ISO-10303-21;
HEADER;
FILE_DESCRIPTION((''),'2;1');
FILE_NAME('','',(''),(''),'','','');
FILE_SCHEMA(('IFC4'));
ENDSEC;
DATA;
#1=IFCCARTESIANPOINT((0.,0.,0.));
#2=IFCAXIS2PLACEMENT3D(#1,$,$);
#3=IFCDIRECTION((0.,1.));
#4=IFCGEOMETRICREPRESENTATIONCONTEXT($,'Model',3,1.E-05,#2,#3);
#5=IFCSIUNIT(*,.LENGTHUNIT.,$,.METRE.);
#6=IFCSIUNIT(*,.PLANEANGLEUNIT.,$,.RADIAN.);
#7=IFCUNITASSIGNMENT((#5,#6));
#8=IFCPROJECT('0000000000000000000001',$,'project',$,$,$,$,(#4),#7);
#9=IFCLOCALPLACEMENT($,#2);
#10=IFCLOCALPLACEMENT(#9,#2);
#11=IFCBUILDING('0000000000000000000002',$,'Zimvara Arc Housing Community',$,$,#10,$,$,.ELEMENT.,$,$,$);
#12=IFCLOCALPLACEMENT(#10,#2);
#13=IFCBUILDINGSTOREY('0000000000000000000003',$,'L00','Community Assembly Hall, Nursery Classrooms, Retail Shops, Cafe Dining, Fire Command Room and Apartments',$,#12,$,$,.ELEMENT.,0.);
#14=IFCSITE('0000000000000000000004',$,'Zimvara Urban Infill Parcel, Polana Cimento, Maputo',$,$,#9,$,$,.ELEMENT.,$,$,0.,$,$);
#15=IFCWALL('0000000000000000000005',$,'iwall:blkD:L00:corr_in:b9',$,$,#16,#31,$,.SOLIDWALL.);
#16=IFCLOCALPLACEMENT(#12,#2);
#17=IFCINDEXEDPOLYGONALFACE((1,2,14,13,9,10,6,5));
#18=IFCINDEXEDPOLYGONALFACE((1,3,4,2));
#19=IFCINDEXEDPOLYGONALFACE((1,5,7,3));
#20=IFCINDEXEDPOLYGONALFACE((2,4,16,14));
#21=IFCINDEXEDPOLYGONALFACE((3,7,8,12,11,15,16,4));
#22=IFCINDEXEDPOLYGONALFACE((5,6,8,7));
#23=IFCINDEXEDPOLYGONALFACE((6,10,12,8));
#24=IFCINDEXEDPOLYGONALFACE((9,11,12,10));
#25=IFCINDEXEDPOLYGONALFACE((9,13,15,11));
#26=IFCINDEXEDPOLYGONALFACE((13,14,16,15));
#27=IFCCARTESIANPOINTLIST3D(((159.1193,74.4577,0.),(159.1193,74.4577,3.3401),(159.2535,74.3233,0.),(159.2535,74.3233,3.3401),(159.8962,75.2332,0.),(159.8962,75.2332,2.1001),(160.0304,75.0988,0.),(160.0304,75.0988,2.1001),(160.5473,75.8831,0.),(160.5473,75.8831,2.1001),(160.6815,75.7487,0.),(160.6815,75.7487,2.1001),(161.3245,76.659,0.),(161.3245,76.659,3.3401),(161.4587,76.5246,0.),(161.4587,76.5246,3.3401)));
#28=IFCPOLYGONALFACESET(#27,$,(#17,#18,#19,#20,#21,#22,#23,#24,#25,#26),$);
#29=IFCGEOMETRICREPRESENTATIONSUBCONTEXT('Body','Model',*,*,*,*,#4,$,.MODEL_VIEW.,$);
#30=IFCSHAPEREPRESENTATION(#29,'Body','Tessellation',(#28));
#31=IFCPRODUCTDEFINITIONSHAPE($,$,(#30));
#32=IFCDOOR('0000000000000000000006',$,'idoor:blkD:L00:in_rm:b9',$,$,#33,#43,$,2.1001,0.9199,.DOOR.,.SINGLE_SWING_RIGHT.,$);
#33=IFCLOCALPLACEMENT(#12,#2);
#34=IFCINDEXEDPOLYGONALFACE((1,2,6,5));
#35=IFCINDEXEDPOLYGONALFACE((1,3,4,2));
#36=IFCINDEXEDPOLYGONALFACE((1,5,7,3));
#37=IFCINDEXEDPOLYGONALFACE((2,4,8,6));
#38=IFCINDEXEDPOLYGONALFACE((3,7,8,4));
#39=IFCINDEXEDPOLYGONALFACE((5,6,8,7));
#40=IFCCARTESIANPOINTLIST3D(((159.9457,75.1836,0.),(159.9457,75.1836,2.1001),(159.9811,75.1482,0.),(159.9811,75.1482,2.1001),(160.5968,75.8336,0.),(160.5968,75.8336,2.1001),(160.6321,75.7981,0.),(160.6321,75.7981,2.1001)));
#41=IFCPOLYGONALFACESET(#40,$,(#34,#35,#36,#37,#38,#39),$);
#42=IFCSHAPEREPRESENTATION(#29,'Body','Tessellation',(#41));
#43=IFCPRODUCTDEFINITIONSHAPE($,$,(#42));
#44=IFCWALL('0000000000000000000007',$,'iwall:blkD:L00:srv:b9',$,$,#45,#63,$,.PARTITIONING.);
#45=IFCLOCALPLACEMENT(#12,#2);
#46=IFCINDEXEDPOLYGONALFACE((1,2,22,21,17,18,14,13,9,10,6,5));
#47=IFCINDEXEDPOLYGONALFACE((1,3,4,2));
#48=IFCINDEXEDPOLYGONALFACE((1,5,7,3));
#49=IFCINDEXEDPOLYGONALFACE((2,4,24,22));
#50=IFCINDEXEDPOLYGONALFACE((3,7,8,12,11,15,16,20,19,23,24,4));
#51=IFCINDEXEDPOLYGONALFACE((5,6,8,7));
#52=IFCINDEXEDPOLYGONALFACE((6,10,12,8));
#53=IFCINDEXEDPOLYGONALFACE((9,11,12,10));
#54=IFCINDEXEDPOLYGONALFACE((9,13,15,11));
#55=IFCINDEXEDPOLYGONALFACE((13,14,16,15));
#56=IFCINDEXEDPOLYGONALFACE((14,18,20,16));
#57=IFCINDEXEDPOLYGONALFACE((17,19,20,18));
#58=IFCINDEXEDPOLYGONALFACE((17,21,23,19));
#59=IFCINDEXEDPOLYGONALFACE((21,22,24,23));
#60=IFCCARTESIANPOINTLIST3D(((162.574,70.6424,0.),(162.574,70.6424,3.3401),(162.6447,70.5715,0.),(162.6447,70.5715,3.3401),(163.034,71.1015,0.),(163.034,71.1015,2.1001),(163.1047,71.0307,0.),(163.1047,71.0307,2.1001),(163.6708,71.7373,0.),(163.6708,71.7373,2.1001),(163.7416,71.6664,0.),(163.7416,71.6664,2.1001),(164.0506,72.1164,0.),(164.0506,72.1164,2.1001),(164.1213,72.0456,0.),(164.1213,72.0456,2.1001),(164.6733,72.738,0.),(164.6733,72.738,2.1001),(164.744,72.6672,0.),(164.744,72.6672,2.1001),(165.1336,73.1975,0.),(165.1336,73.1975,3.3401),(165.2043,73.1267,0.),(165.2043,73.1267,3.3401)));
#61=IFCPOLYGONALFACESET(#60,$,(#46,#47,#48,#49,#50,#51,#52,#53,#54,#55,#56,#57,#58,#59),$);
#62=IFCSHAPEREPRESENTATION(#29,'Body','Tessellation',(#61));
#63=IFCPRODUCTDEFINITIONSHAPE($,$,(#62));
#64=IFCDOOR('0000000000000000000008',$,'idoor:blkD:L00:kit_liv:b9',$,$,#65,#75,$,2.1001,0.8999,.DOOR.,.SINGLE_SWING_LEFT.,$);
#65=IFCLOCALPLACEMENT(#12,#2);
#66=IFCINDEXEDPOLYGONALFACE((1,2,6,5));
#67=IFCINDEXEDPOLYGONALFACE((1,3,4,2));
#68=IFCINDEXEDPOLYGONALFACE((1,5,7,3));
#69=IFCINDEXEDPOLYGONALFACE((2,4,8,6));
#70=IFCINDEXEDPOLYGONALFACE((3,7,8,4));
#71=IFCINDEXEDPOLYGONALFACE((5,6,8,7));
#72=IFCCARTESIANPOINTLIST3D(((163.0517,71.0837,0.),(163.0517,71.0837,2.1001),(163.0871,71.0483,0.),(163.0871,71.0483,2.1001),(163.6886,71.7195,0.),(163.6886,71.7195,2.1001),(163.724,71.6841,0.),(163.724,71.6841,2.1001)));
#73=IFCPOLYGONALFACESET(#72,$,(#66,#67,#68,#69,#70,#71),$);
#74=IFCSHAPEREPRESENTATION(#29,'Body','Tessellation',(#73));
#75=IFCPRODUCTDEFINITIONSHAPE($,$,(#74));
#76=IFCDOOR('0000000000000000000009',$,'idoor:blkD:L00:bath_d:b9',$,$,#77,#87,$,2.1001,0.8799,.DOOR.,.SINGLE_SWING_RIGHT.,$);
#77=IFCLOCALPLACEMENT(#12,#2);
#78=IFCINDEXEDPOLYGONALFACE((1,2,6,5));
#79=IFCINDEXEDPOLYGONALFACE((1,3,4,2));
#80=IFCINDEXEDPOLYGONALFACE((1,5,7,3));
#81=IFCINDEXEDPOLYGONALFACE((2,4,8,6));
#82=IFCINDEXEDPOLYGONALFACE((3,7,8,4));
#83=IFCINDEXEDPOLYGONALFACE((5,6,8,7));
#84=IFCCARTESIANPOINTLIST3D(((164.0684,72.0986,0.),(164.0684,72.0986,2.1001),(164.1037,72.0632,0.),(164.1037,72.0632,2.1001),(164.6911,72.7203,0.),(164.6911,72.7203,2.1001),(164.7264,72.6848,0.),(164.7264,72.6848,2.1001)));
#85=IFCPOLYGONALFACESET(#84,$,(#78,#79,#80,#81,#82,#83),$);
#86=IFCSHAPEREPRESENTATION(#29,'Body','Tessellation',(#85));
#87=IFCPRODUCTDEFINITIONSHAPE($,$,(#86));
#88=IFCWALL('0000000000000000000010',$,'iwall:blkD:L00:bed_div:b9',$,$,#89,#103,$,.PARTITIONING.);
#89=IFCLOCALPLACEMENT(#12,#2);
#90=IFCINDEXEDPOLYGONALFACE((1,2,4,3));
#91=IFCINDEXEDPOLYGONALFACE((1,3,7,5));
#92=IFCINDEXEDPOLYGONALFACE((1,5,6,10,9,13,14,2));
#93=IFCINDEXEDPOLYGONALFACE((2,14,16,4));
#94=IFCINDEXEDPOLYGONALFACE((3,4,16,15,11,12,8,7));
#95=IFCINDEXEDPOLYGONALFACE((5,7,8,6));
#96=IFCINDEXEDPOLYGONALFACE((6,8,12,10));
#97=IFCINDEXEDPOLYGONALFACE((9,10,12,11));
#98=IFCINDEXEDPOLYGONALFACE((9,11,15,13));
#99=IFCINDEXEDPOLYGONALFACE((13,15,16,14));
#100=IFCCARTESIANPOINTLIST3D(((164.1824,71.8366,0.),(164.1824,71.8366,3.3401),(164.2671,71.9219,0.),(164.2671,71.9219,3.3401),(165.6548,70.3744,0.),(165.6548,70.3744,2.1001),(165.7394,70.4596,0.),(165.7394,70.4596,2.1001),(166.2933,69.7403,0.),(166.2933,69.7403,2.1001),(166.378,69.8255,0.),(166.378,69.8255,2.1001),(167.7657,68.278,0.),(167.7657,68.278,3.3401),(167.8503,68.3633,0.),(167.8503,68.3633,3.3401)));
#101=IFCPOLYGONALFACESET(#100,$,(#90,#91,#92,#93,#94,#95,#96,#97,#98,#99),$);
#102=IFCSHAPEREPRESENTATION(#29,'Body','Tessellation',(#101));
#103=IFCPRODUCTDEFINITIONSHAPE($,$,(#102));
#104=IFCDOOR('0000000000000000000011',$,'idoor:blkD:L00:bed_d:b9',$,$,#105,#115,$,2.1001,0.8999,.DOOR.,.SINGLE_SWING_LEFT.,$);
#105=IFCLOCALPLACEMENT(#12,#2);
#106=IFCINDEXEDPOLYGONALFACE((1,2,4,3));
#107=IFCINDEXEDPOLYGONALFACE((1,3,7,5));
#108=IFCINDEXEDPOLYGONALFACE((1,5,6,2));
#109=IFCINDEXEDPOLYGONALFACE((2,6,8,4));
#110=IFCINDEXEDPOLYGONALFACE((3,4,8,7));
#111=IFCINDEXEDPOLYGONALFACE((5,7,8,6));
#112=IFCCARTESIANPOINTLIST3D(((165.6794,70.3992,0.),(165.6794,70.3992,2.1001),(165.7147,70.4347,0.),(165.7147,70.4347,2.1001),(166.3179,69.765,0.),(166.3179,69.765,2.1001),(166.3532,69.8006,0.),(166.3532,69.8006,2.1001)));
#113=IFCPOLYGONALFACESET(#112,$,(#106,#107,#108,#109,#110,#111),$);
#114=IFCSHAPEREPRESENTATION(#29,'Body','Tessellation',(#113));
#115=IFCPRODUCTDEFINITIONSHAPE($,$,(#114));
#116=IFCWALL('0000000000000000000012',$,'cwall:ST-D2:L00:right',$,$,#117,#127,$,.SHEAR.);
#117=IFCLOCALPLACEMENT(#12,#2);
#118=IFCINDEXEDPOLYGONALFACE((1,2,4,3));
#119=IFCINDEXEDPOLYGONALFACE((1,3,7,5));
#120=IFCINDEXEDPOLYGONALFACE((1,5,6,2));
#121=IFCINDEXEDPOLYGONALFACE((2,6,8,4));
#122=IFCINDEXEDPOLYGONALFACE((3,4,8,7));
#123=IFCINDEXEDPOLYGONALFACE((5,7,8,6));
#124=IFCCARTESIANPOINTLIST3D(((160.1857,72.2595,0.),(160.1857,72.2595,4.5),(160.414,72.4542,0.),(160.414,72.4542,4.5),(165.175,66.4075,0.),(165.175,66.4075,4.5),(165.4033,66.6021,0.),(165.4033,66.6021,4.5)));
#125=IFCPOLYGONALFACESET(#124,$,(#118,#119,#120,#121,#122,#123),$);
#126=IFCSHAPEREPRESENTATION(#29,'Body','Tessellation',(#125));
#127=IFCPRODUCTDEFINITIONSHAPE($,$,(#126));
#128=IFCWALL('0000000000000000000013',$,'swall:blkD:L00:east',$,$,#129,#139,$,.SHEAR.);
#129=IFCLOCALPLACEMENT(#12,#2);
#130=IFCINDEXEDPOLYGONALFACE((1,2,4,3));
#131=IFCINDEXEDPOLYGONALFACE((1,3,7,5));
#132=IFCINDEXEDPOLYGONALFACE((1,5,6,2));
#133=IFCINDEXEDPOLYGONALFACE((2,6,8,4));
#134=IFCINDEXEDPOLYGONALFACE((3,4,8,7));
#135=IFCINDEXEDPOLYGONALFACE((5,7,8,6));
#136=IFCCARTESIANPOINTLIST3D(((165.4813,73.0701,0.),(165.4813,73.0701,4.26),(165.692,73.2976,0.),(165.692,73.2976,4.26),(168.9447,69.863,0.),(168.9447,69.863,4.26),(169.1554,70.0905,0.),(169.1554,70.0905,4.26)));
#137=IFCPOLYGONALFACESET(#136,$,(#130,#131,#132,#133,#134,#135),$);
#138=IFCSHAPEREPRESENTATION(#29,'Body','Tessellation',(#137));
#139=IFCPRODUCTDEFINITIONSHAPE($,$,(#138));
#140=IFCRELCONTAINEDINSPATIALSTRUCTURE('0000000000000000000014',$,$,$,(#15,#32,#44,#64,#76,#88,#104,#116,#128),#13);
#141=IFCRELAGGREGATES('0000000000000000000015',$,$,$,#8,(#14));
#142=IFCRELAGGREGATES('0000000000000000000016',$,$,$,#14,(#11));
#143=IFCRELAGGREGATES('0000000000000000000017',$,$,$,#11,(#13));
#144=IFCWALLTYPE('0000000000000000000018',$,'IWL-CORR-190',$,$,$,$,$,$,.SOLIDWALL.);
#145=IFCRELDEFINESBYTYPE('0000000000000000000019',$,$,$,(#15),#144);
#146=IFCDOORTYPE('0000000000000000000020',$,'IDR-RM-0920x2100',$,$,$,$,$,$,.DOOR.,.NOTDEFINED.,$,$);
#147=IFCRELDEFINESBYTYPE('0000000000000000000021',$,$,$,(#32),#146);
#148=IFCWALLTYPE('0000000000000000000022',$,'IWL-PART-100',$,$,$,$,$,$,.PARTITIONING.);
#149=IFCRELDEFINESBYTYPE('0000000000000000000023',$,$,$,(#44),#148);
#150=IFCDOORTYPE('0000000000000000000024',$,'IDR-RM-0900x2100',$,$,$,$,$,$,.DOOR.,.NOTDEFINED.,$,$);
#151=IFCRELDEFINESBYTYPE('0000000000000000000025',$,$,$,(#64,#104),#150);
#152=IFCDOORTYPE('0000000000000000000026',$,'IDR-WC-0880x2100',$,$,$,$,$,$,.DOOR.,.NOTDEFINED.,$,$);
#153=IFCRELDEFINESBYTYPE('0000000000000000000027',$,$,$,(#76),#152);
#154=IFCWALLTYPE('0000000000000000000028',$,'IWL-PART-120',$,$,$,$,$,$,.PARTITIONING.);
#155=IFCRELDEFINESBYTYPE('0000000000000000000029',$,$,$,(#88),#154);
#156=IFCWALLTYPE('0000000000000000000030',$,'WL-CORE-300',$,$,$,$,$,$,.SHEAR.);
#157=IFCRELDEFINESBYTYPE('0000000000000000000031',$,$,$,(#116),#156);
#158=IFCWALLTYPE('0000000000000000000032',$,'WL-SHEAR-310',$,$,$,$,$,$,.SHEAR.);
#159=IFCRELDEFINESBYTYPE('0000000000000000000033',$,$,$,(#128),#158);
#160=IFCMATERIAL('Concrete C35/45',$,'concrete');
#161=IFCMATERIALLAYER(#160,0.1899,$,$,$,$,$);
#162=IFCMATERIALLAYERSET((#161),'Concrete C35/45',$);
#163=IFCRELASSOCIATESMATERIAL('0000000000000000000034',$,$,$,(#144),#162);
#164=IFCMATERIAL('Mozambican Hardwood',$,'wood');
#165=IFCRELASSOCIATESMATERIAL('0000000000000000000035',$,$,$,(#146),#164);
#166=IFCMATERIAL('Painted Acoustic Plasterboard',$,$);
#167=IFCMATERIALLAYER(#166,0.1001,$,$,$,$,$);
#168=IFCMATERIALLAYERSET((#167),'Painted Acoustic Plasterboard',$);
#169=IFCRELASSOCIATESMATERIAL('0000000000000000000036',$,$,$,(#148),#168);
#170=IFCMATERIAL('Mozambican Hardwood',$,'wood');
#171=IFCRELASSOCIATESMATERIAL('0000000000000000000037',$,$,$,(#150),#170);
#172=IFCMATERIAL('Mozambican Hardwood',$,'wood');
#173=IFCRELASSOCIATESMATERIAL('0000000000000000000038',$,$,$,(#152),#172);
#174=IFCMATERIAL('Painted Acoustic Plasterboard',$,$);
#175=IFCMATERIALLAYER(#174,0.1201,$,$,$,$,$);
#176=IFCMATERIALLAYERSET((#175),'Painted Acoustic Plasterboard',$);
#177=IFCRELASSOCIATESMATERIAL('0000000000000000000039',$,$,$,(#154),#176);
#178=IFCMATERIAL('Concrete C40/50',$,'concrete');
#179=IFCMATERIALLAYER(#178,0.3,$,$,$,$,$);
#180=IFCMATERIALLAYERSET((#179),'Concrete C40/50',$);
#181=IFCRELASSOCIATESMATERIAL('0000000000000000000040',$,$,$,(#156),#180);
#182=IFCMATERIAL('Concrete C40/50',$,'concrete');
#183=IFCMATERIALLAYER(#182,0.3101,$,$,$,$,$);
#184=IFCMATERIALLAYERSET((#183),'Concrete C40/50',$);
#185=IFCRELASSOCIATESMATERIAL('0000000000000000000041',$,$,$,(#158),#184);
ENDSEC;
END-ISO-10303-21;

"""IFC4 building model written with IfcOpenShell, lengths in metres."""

from ifc_helpers import new_model, si_unit, direction, frame, frame_2d, origin, place, context, subcontext, project, spatial, rectangle, extrude, material, layer, layer_set, type_object, element, fill, save


model = new_model("IFC4")

# Units and contexts
model_context = context("Model", 3, precision=1e-05, world=origin(), true_north=direction((0.0, 1.0)))
body_context = subcontext(model_context, "Body", "Model", "MODEL_VIEW")
ifc_project = project(units=[si_unit("LENGTHUNIT", "METRE"), si_unit("PLANEANGLEUNIT", "RADIAN")], contexts=[model_context])

# Site, building, storey
site_placement = place(None, origin())
site = spatial("IfcSite", under=ifc_project, at=site_placement, Name="Zimvara Urban Infill Parcel, Polana Cimento, Maputo", CompositionType="ELEMENT", RefElevation=0.0)
building_placement = place(site_placement, origin())
building = spatial("IfcBuilding", under=site, at=building_placement, Name="Zimvara Arc Housing Community", CompositionType="ELEMENT")
storey_placement = place(building_placement, origin())
storey = spatial("IfcBuildingStorey", under=building, at=storey_placement, Name="L00", Description="Community Assembly Hall, Nursery Classrooms, Retail Shops, Cafe Dining, Fire Command Room and Apartments", CompositionType="ELEMENT", Elevation=0.0)

# Wall, opening, door
ifc_material_1 = material(Name="Concrete C35/45", Category="concrete")
ifc_layer_1 = layer(ifc_material_1, 0.1899)
ifc_layer_set_1 = layer_set([ifc_layer_1], Name="Concrete C35/45")
wall_type_1 = type_object("IfcWallType", Name="IWL-CORR-190", PredefinedType="SOLIDWALL", material=ifc_layer_set_1)
wall_1_placement = place(storey_placement, frame((159.1863, 74.3904, 0.0), z_axis=(0.0, 0.0, 1.0), x_axis=(0.707733, 0.70648, 0.0)))
wall_1 = element("IfcWall", 1, at=wall_1_placement, inside=storey, type_object=wall_type_1, Name="iwall:blkD:L00:corr_in:b9", PredefinedType="SOLIDWALL", context=body_context, shape_type="SweptSolid", body=[
    extrude(rectangle(XDim=3.116, YDim=0.1899, at=frame_2d((1.5581, 0.0))), origin(), (0.0, 0.0, 1.0), 3.3401),
])
opening_1_placement = place(wall_1_placement, frame((1.0979, 0.0, 0.0)))
opening_1 = element("IfcOpeningElement", 2, at=opening_1_placement, cuts=wall_1, PredefinedType="OPENING", context=body_context, shape_type="SweptSolid", body=[
    extrude(rectangle(XDim=0.9199, YDim=2.1001, at=frame_2d((0.46, 1.05))), frame((0.0, 0.105, 0.0), z_axis=(0.0, -1.0, 0.0), x_axis=(1.0, 0.0, 0.0)), (0.0, 0.0, 1.0), 0.21),
])
ifc_material_2 = material(Name="Mozambican Hardwood", Category="wood")
door_type_1 = type_object("IfcDoorType", Name="IDR-RM-0920x2100", OperationType="NOTDEFINED", PredefinedType="DOOR", material=ifc_material_2)
door_1_placement = place(opening_1_placement, origin())
door_1 = element("IfcDoor", 3, at=door_1_placement, inside=storey, type_object=door_type_1, Name="idoor:blkD:L00:in_rm:b9", OperationType="SINGLE_SWING_RIGHT", OverallHeight=2.1001, OverallWidth=0.9199, PredefinedType="DOOR", context=body_context, shape_type="SweptSolid", body=[
    extrude(rectangle(XDim=0.9199, YDim=2.1001, at=frame_2d((0.46, 1.05))), frame((0.0, 0.0249, 0.0), z_axis=(0.0, -1.0, 0.0), x_axis=(1.0, 0.0, 0.0)), (0.0, 0.0, 1.0), 0.05),
])
fill(opening_1, door_1)

# Wall, openings, doors
ifc_material_3 = material(Name="Painted Acoustic Plasterboard")
ifc_layer_2 = layer(ifc_material_3, 0.1001)
ifc_layer_set_2 = layer_set([ifc_layer_2], Name="Painted Acoustic Plasterboard")
wall_type_2 = type_object("IfcWallType", Name="IWL-PART-100", PredefinedType="PARTITIONING", material=ifc_layer_set_2)
wall_2_placement = place(storey_placement, frame((162.6094, 70.6069, 0.0), z_axis=(0.0, 0.0, 1.0), x_axis=(0.707714, 0.706499, 0.0)))
wall_2 = element("IfcWall", 4, at=wall_2_placement, inside=storey, type_object=wall_type_2, Name="iwall:blkD:L00:srv:b9", PredefinedType="PARTITIONING", context=body_context, shape_type="SweptSolid", body=[
    extrude(rectangle(XDim=3.6167, YDim=0.1001, at=frame_2d((1.8083, 0.0))), origin(), (0.0, 0.0, 1.0), 3.3401),
])
opening_2_placement = place(wall_2_placement, frame((0.6499, 0.0, 0.0)))
opening_2 = element("IfcOpeningElement", 5, at=opening_2_placement, cuts=wall_2, PredefinedType="OPENING", context=body_context, shape_type="SweptSolid", body=[
    extrude(rectangle(XDim=0.8999, YDim=2.1001, at=frame_2d((0.45, 1.05))), frame((0.0, 0.0601, 0.0), z_axis=(0.0, -1.0, 0.0), x_axis=(1.0, 0.0, 0.0)), (0.0, 0.0, 1.0), 0.1201),
])
opening_3_placement = place(wall_2_placement, frame((2.0864, 0.0, 0.0)))
opening_3 = element("IfcOpeningElement", 6, at=opening_3_placement, cuts=wall_2, PredefinedType="OPENING", context=body_context, shape_type="SweptSolid", body=[
    extrude(rectangle(XDim=0.8799, YDim=2.1001, at=frame_2d((0.4399, 1.05))), frame((0.0, 0.0601, 0.0), z_axis=(0.0, -1.0, 0.0), x_axis=(1.0, 0.0, 0.0)), (0.0, 0.0, 1.0), 0.1201),
])
ifc_material_4 = material(Name="Mozambican Hardwood", Category="wood")
door_type_2 = type_object("IfcDoorType", Name="IDR-RM-0900x2100", OperationType="NOTDEFINED", PredefinedType="DOOR", material=ifc_material_4)
door_2_placement = place(opening_2_placement, origin())
door_2 = element("IfcDoor", 7, at=door_2_placement, inside=storey, type_object=door_type_2, Name="idoor:blkD:L00:kit_liv:b9", OperationType="SINGLE_SWING_LEFT", OverallHeight=2.1001, OverallWidth=0.8999, PredefinedType="DOOR", context=body_context, shape_type="SweptSolid", body=[
    extrude(rectangle(XDim=0.8999, YDim=2.1001, at=frame_2d((0.45, 1.05))), frame((0.0, 0.0249, 0.0), z_axis=(0.0, -1.0, 0.0), x_axis=(1.0, 0.0, 0.0)), (0.0, 0.0, 1.0), 0.05),
])
fill(opening_2, door_2)
ifc_material_5 = material(Name="Mozambican Hardwood", Category="wood")
door_type_3 = type_object("IfcDoorType", Name="IDR-WC-0880x2100", OperationType="NOTDEFINED", PredefinedType="DOOR", material=ifc_material_5)
door_3_placement = place(opening_3_placement, origin())
door_3 = element("IfcDoor", 8, at=door_3_placement, inside=storey, type_object=door_type_3, Name="idoor:blkD:L00:bath_d:b9", OperationType="SINGLE_SWING_RIGHT", OverallHeight=2.1001, OverallWidth=0.8799, PredefinedType="DOOR", context=body_context, shape_type="SweptSolid", body=[
    extrude(rectangle(XDim=0.8799, YDim=2.1001, at=frame_2d((0.4399, 1.05))), frame((0.0, 0.0249, 0.0), z_axis=(0.0, -1.0, 0.0), x_axis=(1.0, 0.0, 0.0)), (0.0, 0.0, 1.0), 0.05),
])
fill(opening_3, door_3)

# Wall, opening, door
ifc_material_6 = material(Name="Painted Acoustic Plasterboard")
ifc_layer_3 = layer(ifc_material_6, 0.1201)
ifc_layer_set_3 = layer_set([ifc_layer_3], Name="Painted Acoustic Plasterboard")
wall_type_3 = type_object("IfcWallType", Name="IWL-PART-120", PredefinedType="PARTITIONING", material=ifc_layer_set_3)
wall_3_placement = place(storey_placement, frame((164.2249, 71.8792, 0.0), z_axis=(0.0, 0.0, 1.0), x_axis=(0.709544, -0.704661, 0.0)))
wall_3 = element("IfcWall", 9, at=wall_3_placement, inside=storey, type_object=wall_type_3, Name="iwall:blkD:L00:bed_div:b9", PredefinedType="PARTITIONING", context=body_context, shape_type="SweptSolid", body=[
    extrude(rectangle(XDim=5.05, YDim=0.1201, at=frame_2d((2.5249, 0.0))), origin(), (0.0, 0.0, 1.0), 3.3401),
])
opening_4_placement = place(wall_3_placement, frame((2.075, 0.0, 0.0)))
opening_4 = element("IfcOpeningElement", 10, at=opening_4_placement, cuts=wall_3, PredefinedType="OPENING", context=body_context, shape_type="SweptSolid", body=[
    extrude(rectangle(XDim=0.8999, YDim=2.1001, at=frame_2d((0.45, 1.05))), frame((0.0, 0.0701, 0.0), z_axis=(0.0, -1.0, 0.0), x_axis=(1.0, 0.0, 0.0)), (0.0, 0.0, 1.0), 0.1401),
])
door_4_placement = place(opening_4_placement, origin())
door_4 = element("IfcDoor", 11, at=door_4_placement, inside=storey, type_object=door_type_2, Name="idoor:blkD:L00:bed_d:b9", OperationType="SINGLE_SWING_LEFT", OverallHeight=2.1001, OverallWidth=0.8999, PredefinedType="DOOR", context=body_context, shape_type="SweptSolid", body=[
    extrude(rectangle(XDim=0.8999, YDim=2.1001, at=frame_2d((0.45, 1.05))), frame((0.0, 0.0249, 0.0), z_axis=(0.0, -1.0, 0.0), x_axis=(1.0, 0.0, 0.0)), (0.0, 0.0, 1.0), 0.05),
])
fill(opening_4, door_4)

# Walls
ifc_material_7 = material(Name="Concrete C40/50", Category="concrete")
ifc_layer_4 = layer(ifc_material_7, 0.3)
ifc_layer_set_4 = layer_set([ifc_layer_4], Name="Concrete C40/50")
wall_type_4 = type_object("IfcWallType", Name="WL-CORE-300", PredefinedType="SHEAR", material=ifc_layer_set_4)
wall_4_placement = place(storey_placement, frame((160.2998, 72.3569, 0.0), z_axis=(0.0, 0.0, 1.0), x_axis=(0.648781, -0.760975, 0.0)))
element("IfcWall", 12, at=wall_4_placement, inside=storey, type_object=wall_type_4, Name="cwall:ST-D2:L00:right", PredefinedType="SHEAR", context=body_context, shape_type="SweptSolid", body=[
    extrude(rectangle(XDim=7.6902, YDim=0.3, at=frame_2d((3.8452, 0.0))), origin(), (0.0, 0.0, 1.0), 4.5),
])
ifc_material_8 = material(Name="Concrete C40/50", Category="concrete")
ifc_layer_5 = layer(ifc_material_8, 0.3101)
ifc_layer_set_5 = layer_set([ifc_layer_5], Name="Concrete C40/50")
wall_type_5 = type_object("IfcWallType", Name="WL-SHEAR-310", PredefinedType="SHEAR", material=ifc_layer_set_5)
wall_5_placement = place(storey_placement, frame((165.5867, 73.1838, 0.0), z_axis=(0.0, 0.0, 1.0), x_axis=(0.73374, -0.679431, 0.0)))
element("IfcWall", 13, at=wall_5_placement, inside=storey, type_object=wall_type_5, Name="swall:blkD:L00:east", PredefinedType="SHEAR", context=body_context, shape_type="SweptSolid", body=[
    extrude(rectangle(XDim=4.7202, YDim=0.3101, at=frame_2d((2.3601, 0.0))), origin(), (0.0, 0.0, 1.0), 4.26),
])

save(model, "model.ifc")
